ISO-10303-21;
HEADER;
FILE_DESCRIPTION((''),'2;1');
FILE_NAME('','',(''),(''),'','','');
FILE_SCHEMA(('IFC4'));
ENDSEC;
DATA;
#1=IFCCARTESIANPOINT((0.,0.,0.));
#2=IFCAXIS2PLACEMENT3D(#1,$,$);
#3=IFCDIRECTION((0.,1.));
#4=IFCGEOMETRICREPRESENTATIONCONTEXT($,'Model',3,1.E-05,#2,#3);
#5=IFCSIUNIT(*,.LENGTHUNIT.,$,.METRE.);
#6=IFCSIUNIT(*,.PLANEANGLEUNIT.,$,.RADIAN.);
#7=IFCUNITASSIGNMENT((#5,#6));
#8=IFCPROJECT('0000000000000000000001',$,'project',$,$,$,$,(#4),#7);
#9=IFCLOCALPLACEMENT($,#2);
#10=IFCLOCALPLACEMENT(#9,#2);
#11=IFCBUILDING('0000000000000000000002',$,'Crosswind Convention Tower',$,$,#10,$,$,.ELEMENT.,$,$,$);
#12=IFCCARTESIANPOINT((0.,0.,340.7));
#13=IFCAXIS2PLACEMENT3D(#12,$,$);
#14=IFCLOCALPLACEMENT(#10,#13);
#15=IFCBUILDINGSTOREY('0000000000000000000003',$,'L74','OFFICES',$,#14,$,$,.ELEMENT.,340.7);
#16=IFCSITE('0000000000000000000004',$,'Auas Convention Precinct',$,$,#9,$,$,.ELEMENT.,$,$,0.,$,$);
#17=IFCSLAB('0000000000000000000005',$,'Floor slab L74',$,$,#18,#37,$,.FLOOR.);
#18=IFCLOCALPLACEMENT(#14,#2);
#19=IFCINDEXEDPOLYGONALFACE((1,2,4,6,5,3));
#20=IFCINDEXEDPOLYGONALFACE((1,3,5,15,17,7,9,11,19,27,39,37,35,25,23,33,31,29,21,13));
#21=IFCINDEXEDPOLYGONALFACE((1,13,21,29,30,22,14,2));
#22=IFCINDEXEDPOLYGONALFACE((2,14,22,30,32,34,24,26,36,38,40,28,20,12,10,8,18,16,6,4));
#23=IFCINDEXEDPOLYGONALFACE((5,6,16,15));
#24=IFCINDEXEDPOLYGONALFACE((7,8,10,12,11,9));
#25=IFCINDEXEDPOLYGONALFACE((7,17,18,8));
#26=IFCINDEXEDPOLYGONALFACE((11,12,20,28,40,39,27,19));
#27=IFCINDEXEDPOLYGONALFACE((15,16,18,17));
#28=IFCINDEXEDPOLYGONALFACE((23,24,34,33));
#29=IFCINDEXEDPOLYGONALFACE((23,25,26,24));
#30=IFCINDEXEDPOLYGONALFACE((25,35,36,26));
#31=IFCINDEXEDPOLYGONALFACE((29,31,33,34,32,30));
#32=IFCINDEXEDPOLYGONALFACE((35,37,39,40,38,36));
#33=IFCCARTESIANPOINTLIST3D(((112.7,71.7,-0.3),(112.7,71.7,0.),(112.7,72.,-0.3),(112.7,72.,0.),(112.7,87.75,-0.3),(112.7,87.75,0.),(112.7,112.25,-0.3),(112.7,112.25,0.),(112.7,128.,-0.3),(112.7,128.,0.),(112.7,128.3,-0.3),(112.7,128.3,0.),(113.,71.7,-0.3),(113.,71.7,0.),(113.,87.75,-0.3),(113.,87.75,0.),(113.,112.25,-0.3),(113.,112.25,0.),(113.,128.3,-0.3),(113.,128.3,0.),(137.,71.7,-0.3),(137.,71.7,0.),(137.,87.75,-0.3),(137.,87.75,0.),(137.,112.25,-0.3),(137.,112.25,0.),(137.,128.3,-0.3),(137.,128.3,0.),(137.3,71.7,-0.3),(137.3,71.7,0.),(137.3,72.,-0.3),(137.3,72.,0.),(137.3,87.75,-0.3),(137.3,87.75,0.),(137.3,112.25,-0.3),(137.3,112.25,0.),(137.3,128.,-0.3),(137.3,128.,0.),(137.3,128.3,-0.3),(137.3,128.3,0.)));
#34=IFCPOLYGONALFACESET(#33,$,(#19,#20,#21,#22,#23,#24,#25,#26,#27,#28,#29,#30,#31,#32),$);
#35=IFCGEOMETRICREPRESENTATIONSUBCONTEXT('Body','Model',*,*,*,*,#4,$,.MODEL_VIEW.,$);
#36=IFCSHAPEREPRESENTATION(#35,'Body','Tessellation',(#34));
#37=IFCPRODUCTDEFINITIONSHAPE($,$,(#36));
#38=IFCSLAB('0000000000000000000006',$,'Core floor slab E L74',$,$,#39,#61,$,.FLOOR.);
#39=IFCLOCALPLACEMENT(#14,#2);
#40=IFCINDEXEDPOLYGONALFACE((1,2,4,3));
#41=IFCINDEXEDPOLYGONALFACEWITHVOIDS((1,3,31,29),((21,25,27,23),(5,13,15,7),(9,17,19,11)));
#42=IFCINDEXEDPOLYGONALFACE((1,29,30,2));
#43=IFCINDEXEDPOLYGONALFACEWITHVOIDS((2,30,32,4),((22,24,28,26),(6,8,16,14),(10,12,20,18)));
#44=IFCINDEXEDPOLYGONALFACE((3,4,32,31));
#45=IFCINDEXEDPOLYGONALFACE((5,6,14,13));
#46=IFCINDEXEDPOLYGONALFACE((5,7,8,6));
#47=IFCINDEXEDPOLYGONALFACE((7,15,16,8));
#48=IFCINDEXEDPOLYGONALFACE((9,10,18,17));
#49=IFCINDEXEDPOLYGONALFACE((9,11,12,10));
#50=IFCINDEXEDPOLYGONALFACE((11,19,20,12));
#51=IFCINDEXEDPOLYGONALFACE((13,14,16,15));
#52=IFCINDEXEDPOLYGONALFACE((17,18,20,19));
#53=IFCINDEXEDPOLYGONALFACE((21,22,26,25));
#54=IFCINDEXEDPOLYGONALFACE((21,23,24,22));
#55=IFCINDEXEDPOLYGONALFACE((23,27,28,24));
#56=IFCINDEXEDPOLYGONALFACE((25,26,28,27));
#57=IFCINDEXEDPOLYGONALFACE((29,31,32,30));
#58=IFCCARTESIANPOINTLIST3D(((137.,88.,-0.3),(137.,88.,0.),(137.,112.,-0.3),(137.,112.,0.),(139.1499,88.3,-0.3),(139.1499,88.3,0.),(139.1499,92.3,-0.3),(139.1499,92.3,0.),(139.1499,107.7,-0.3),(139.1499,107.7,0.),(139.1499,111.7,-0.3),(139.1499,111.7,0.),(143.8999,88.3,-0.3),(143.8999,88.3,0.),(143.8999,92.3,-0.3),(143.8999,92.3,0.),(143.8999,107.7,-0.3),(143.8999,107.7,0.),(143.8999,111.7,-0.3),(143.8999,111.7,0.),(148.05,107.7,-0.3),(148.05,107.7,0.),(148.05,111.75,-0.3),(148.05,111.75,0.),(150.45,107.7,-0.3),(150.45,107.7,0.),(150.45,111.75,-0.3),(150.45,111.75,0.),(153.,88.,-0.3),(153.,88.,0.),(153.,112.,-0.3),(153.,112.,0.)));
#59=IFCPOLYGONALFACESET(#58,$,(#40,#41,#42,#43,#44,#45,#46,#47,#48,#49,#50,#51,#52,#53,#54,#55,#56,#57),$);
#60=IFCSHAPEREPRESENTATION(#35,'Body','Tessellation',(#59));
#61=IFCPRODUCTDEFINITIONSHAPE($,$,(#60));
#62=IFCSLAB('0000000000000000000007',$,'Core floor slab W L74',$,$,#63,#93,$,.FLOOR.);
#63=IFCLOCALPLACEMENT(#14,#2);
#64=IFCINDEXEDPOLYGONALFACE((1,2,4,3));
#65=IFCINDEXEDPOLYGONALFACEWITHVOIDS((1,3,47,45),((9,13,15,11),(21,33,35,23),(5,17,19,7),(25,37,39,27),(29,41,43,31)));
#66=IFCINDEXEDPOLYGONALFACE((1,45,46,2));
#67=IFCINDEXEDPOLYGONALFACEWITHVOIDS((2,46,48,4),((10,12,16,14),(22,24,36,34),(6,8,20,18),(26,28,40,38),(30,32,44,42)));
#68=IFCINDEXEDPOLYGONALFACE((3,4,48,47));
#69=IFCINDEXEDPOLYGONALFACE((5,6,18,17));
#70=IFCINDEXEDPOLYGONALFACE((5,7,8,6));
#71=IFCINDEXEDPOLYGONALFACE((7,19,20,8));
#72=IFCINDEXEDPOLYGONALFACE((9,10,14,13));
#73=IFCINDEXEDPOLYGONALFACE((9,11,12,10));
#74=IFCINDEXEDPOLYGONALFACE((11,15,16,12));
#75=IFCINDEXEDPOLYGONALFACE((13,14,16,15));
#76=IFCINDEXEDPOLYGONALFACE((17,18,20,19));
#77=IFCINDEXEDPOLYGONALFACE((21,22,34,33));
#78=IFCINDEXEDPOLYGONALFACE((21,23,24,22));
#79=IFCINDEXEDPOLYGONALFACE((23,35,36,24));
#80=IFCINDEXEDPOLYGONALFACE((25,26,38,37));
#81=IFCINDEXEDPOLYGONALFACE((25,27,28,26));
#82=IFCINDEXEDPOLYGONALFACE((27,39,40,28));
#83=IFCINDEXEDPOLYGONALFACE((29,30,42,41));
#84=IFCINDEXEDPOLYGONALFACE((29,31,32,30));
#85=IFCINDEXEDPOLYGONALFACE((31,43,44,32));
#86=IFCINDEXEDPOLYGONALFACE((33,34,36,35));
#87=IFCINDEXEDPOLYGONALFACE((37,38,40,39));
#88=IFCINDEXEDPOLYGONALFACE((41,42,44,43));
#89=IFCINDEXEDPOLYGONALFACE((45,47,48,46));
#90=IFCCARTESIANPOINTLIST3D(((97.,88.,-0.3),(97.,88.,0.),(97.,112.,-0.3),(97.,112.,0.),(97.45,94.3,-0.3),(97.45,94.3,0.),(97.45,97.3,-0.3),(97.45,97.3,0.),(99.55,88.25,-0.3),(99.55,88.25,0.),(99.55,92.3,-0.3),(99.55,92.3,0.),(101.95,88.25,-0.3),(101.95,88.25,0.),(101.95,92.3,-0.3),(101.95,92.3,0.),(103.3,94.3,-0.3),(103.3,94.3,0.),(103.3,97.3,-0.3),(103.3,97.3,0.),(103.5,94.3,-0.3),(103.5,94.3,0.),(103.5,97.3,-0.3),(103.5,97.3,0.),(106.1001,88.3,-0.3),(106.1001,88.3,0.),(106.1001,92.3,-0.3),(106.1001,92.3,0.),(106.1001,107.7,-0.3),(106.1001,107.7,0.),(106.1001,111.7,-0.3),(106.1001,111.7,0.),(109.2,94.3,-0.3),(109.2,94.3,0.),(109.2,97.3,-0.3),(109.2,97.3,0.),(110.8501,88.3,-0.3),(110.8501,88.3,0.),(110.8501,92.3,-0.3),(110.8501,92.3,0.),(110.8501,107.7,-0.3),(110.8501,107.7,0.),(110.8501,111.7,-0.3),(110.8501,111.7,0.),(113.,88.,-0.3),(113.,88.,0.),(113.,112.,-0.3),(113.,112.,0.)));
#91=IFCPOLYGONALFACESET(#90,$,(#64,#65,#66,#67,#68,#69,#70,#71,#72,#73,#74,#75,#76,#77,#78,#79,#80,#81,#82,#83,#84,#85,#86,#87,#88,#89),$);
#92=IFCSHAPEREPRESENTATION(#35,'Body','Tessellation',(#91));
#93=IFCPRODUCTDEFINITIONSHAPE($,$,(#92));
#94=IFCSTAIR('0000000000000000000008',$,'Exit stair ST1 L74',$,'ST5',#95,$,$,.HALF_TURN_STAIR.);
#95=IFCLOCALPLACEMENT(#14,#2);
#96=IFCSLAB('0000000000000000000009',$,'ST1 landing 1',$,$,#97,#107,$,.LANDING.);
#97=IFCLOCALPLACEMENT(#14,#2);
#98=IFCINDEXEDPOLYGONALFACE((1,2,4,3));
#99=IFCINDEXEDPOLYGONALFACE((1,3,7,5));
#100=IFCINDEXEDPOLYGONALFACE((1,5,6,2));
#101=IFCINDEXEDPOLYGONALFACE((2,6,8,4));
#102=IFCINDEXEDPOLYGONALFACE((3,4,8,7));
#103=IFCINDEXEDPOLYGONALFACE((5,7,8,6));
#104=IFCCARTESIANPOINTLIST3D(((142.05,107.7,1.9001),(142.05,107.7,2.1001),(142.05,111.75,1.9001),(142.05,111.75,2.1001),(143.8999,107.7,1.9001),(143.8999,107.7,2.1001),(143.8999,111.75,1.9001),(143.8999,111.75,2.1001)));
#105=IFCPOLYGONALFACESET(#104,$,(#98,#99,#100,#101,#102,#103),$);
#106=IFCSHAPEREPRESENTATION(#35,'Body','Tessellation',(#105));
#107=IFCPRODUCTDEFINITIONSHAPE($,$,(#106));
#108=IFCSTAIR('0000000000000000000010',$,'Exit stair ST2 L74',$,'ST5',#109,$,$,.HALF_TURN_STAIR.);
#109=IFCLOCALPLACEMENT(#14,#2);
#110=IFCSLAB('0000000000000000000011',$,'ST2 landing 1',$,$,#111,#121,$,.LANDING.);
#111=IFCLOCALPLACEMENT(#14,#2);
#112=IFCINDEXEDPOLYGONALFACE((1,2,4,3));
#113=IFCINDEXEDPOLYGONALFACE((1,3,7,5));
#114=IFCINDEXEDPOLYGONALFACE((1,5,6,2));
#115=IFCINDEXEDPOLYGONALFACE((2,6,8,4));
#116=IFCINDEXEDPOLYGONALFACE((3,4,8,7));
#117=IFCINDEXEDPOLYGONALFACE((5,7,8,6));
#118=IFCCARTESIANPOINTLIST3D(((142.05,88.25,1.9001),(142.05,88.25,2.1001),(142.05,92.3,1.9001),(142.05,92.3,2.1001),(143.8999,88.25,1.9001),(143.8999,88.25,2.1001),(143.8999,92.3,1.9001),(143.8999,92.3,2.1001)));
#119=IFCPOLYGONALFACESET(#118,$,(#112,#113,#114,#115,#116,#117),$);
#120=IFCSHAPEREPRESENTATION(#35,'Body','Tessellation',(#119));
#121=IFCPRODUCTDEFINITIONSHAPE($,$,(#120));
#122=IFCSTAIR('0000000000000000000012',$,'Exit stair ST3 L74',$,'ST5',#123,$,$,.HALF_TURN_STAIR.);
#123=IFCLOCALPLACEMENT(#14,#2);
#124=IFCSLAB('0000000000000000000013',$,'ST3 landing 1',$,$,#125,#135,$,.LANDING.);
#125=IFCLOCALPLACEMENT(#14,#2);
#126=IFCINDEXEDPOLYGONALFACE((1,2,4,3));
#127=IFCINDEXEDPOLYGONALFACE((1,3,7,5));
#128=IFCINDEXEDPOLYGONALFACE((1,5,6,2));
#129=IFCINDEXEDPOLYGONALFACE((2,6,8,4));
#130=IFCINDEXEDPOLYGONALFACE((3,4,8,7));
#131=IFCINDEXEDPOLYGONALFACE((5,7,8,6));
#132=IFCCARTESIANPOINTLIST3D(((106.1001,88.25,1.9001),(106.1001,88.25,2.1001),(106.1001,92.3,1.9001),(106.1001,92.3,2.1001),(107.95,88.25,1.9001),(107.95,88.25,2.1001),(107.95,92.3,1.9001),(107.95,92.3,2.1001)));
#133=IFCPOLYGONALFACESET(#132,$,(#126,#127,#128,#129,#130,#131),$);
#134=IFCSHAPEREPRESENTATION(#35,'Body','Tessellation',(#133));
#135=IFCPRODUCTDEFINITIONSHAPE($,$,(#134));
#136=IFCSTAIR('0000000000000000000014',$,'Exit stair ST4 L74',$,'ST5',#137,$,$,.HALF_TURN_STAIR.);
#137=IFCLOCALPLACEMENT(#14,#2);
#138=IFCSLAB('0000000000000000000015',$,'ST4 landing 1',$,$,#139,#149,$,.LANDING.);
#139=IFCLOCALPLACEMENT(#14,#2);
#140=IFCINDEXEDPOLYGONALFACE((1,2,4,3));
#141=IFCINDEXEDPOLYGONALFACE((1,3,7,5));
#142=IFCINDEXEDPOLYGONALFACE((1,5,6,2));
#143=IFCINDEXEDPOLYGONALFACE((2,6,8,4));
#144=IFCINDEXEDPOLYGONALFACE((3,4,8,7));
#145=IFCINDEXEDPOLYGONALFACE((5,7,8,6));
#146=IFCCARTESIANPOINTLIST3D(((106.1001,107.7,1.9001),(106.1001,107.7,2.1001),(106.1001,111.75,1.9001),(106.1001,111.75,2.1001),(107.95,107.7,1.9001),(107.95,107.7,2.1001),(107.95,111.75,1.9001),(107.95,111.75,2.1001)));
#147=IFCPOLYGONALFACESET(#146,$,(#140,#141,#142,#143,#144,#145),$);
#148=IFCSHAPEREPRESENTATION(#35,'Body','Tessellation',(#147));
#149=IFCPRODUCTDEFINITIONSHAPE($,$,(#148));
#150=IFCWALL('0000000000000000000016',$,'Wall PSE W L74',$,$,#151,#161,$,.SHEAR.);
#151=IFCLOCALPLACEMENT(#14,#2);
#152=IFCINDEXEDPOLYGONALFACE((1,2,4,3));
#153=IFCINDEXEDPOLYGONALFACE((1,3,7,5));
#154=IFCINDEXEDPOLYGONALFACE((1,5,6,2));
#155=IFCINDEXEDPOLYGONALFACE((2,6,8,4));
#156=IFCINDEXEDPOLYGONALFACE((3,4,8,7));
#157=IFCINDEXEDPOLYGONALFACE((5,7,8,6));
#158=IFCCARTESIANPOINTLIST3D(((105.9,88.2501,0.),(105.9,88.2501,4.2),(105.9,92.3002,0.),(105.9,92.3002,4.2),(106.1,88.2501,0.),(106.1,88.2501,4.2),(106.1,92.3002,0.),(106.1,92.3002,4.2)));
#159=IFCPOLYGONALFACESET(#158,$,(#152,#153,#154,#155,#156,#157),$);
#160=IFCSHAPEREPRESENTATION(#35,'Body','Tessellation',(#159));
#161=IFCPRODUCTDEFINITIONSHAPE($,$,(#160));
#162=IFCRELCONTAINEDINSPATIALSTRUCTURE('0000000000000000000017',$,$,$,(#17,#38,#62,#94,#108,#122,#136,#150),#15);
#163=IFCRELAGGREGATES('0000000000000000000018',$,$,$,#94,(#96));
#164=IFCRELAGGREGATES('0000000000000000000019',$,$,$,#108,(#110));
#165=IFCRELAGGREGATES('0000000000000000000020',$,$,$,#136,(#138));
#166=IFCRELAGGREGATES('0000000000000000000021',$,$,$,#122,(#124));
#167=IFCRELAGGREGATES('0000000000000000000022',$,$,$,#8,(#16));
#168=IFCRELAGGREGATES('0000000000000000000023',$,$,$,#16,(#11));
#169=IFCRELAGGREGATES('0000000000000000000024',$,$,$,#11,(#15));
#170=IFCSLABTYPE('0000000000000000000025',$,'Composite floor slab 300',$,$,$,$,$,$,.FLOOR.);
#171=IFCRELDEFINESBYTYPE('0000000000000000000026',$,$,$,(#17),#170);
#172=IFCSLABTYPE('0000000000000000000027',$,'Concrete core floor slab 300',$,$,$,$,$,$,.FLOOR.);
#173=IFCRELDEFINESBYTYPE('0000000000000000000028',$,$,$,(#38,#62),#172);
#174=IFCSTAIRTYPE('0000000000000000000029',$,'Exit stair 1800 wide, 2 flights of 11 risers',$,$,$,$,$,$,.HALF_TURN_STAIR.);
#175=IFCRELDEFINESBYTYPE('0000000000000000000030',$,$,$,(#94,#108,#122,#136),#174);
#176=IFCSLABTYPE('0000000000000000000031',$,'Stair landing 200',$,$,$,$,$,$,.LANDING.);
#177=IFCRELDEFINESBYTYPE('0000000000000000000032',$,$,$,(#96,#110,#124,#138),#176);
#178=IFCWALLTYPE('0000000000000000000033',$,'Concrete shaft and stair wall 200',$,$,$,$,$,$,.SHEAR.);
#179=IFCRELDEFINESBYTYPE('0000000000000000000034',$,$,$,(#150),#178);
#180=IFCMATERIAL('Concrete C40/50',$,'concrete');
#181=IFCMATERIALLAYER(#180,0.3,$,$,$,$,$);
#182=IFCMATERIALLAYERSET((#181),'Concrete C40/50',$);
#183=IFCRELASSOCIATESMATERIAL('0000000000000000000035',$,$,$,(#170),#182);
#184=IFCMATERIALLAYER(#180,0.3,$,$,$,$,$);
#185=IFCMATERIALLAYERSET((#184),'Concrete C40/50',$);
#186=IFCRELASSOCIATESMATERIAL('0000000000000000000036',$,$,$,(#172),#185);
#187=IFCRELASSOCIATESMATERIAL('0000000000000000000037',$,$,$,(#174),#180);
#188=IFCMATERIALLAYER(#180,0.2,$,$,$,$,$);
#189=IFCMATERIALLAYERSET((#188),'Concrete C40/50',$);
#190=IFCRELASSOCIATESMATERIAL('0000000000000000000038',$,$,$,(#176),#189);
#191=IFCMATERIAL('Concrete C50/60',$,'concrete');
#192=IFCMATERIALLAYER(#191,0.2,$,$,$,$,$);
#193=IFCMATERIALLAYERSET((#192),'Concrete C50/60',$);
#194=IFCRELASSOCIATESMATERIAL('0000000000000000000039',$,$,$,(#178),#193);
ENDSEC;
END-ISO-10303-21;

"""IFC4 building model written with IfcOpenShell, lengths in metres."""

from ifc_helpers import new_model, si_unit, direction, frame, frame_2d, origin, place, context, subcontext, project, spatial, polyline, rectangle, outline, extrude, material, layer, layer_set, type_object, element, aggregate, save


model = new_model("IFC4")

# Units and contexts
model_context = context("Model", 3, precision=1e-05, world=origin(), true_north=direction((0.0, 1.0)))
body_context = subcontext(model_context, "Body", "Model", "MODEL_VIEW")
ifc_project = project(units=[si_unit("LENGTHUNIT", "METRE"), si_unit("PLANEANGLEUNIT", "RADIAN")], contexts=[model_context])

# Site, building, storey
site_placement = place(None, origin())
site = spatial("IfcSite", under=ifc_project, at=site_placement, Name="Auas Convention Precinct", CompositionType="ELEMENT", RefElevation=0.0)
building_placement = place(site_placement, origin())
building = spatial("IfcBuilding", under=site, at=building_placement, Name="Crosswind Convention Tower", CompositionType="ELEMENT")
storey_placement = place(building_placement, frame((0.0, 0.0, 340.7)))
storey = spatial("IfcBuildingStorey", under=building, at=storey_placement, Name="L74", Description="OFFICES", CompositionType="ELEMENT", Elevation=340.7)

# Slabs
ifc_material_1 = material(Name="Concrete C40/50", Category="concrete")
ifc_layer_1 = layer(ifc_material_1, 0.3)
ifc_layer_set_1 = layer_set([ifc_layer_1], Name="Concrete C40/50")
slab_type_1 = type_object("IfcSlabType", Name="Composite floor slab 300", PredefinedType="FLOOR", material=ifc_layer_set_1)
slab_1_placement = place(storey_placement, frame((0.0, 0.0, -0.3)))
element("IfcSlab", 1, at=slab_1_placement, inside=storey, type_object=slab_type_1, Name="Floor slab L74", PredefinedType="FLOOR", context=body_context, shape_type="SweptSolid", body=[
    extrude(outline(polyline([(137.3, 71.7), (137.0, 71.7), (113.0, 71.7), (112.7, 71.7), (112.7, 72.0), (112.7, 87.75), (113.0, 87.75), (113.0, 112.25), (112.7, 112.25), (112.7, 128.0), (112.7, 128.3), (113.0, 128.3), (137.0, 128.3), (137.3, 128.3), (137.3, 128.0), (137.3, 112.25), (137.0, 112.25), (137.0, 87.75), (137.3, 87.75), (137.3, 72.0), (137.3, 71.7)])), origin(), (0.0, 0.0, 1.0), 0.3),
])
ifc_layer_2 = layer(ifc_material_1, 0.3)
ifc_layer_set_2 = layer_set([ifc_layer_2], Name="Concrete C40/50")
slab_type_2 = type_object("IfcSlabType", Name="Concrete core floor slab 300", PredefinedType="FLOOR", material=ifc_layer_set_2)
slab_2_placement = place(storey_placement, frame((0.0, 0.0, -0.3)))
element("IfcSlab", 2, at=slab_2_placement, inside=storey, type_object=slab_type_2, Name="Core floor slab E L74", PredefinedType="FLOOR", context=body_context, shape_type="SweptSolid", body=[
    extrude(outline(polyline([(137.0, 88.0), (153.0, 88.0), (153.0, 112.0), (137.0, 112.0), (137.0, 88.0)]), holes=[polyline([(150.45, 107.7), (150.45, 111.75), (148.05, 111.75), (148.05, 107.7), (150.45, 107.7)]), polyline([(143.8999, 107.7), (143.8999, 111.7), (139.1499, 111.7), (139.1499, 107.7), (143.8999, 107.7)]), polyline([(143.8999, 88.3), (143.8999, 92.3), (139.1499, 92.3), (139.1499, 88.3), (143.8999, 88.3)])]), origin(), (0.0, 0.0, 1.0), 0.3),
])
slab_3_placement = place(storey_placement, frame((0.0, 0.0, -0.3)))
element("IfcSlab", 3, at=slab_3_placement, inside=storey, type_object=slab_type_2, Name="Core floor slab W L74", PredefinedType="FLOOR", context=body_context, shape_type="SweptSolid", body=[
    extrude(outline(polyline([(97.0, 88.0), (113.0, 88.0), (113.0, 112.0), (97.0, 112.0), (97.0, 88.0)]), holes=[polyline([(109.2, 94.3), (109.2, 97.3), (103.5, 97.3), (103.5, 94.3), (109.2, 94.3)]), polyline([(103.3, 94.3), (103.3, 97.3), (97.45, 97.3), (97.45, 94.3), (103.3, 94.3)]), polyline([(101.95, 88.25), (101.95, 92.3), (99.55, 92.3), (99.55, 88.25), (101.95, 88.25)]), polyline([(110.8501, 88.3), (110.8501, 92.3), (106.1001, 92.3), (106.1001, 88.3), (110.8501, 88.3)]), polyline([(110.8501, 107.7), (110.8501, 111.7), (106.1001, 111.7), (106.1001, 107.7), (110.8501, 107.7)])]), origin(), (0.0, 0.0, 1.0), 0.3),
])

# Stairs, slabs
stair_type = type_object("IfcStairType", Name="Exit stair 1800 wide, 2 flights of 11 risers", PredefinedType="HALF_TURN_STAIR", material=ifc_material_1)
stair_1_placement = place(storey_placement, origin())
stair_1 = element("IfcStair", 4, at=stair_1_placement, inside=storey, type_object=stair_type, Name="Exit stair ST1 L74", ObjectType="ST5", PredefinedType="HALF_TURN_STAIR")
ifc_layer_3 = layer(ifc_material_1, 0.2)
ifc_layer_set_3 = layer_set([ifc_layer_3], Name="Concrete C40/50")
slab_type_3 = type_object("IfcSlabType", Name="Stair landing 200", PredefinedType="LANDING", material=ifc_layer_set_3)
slab_4_placement = place(storey_placement, frame((0.0, 0.0, 1.9001)))
slab_4 = element("IfcSlab", 5, at=slab_4_placement, type_object=slab_type_3, Name="ST1 landing 1", PredefinedType="LANDING", context=body_context, shape_type="SweptSolid", body=[
    extrude(outline(polyline([(143.8999, 107.7), (143.8999, 111.75), (142.05, 111.75), (142.05, 107.7), (143.8999, 107.7)])), origin(), (0.0, 0.0, 1.0), 0.2),
])
aggregate(stair_1, [slab_4])
stair_2_placement = place(storey_placement, origin())
stair_2 = element("IfcStair", 6, at=stair_2_placement, inside=storey, type_object=stair_type, Name="Exit stair ST2 L74", ObjectType="ST5", PredefinedType="HALF_TURN_STAIR")
slab_5_placement = place(storey_placement, frame((0.0, 0.0, 1.9001)))
slab_5 = element("IfcSlab", 7, at=slab_5_placement, type_object=slab_type_3, Name="ST2 landing 1", PredefinedType="LANDING", context=body_context, shape_type="SweptSolid", body=[
    extrude(outline(polyline([(143.8999, 88.25), (143.8999, 92.3), (142.05, 92.3), (142.05, 88.25), (143.8999, 88.25)])), origin(), (0.0, 0.0, 1.0), 0.2),
])
aggregate(stair_2, [slab_5])
stair_3_placement = place(storey_placement, origin())
stair_3 = element("IfcStair", 8, at=stair_3_placement, inside=storey, type_object=stair_type, Name="Exit stair ST3 L74", ObjectType="ST5", PredefinedType="HALF_TURN_STAIR")
slab_6_placement = place(storey_placement, frame((0.0, 0.0, 1.9001)))
slab_6 = element("IfcSlab", 9, at=slab_6_placement, type_object=slab_type_3, Name="ST3 landing 1", PredefinedType="LANDING", context=body_context, shape_type="SweptSolid", body=[
    extrude(outline(polyline([(107.95, 88.25), (107.95, 92.3), (106.1001, 92.3), (106.1001, 88.25), (107.95, 88.25)])), origin(), (0.0, 0.0, 1.0), 0.2),
])
stair_4_placement = place(storey_placement, origin())
stair_4 = element("IfcStair", 10, at=stair_4_placement, inside=storey, type_object=stair_type, Name="Exit stair ST4 L74", ObjectType="ST5", PredefinedType="HALF_TURN_STAIR")
slab_7_placement = place(storey_placement, frame((0.0, 0.0, 1.9001)))
slab_7 = element("IfcSlab", 11, at=slab_7_placement, type_object=slab_type_3, Name="ST4 landing 1", PredefinedType="LANDING", context=body_context, shape_type="SweptSolid", body=[
    extrude(outline(polyline([(107.95, 107.7), (107.95, 111.75), (106.1001, 111.75), (106.1001, 107.7), (107.95, 107.7)])), origin(), (0.0, 0.0, 1.0), 0.2),
])
aggregate(stair_4, [slab_7])

# Wall
ifc_material_2 = material(Name="Concrete C50/60", Category="concrete")
ifc_layer_4 = layer(ifc_material_2, 0.2)
ifc_layer_set_4 = layer_set([ifc_layer_4], Name="Concrete C50/60")
wall_type_1 = type_object("IfcWallType", Name="Concrete shaft and stair wall 200", PredefinedType="SHEAR", material=ifc_layer_set_4)
wall_1_placement = place(storey_placement, frame((106.0, 92.3, 0.0), z_axis=(0.0, 0.0, 1.0), x_axis=(0.0, -1.0, 0.0)))
element("IfcWall", 12, at=wall_1_placement, inside=storey, type_object=wall_type_1, Name="Wall PSE W L74", PredefinedType="SHEAR", context=body_context, shape_type="SweptSolid", body=[
    extrude(rectangle(XDim=4.05, YDim=0.2, at=frame_2d((2.0249, 0.0))), origin(), (0.0, 0.0, 1.0), 4.2),
])

aggregate(stair_3, [slab_6])

save(model, "model.ifc")
